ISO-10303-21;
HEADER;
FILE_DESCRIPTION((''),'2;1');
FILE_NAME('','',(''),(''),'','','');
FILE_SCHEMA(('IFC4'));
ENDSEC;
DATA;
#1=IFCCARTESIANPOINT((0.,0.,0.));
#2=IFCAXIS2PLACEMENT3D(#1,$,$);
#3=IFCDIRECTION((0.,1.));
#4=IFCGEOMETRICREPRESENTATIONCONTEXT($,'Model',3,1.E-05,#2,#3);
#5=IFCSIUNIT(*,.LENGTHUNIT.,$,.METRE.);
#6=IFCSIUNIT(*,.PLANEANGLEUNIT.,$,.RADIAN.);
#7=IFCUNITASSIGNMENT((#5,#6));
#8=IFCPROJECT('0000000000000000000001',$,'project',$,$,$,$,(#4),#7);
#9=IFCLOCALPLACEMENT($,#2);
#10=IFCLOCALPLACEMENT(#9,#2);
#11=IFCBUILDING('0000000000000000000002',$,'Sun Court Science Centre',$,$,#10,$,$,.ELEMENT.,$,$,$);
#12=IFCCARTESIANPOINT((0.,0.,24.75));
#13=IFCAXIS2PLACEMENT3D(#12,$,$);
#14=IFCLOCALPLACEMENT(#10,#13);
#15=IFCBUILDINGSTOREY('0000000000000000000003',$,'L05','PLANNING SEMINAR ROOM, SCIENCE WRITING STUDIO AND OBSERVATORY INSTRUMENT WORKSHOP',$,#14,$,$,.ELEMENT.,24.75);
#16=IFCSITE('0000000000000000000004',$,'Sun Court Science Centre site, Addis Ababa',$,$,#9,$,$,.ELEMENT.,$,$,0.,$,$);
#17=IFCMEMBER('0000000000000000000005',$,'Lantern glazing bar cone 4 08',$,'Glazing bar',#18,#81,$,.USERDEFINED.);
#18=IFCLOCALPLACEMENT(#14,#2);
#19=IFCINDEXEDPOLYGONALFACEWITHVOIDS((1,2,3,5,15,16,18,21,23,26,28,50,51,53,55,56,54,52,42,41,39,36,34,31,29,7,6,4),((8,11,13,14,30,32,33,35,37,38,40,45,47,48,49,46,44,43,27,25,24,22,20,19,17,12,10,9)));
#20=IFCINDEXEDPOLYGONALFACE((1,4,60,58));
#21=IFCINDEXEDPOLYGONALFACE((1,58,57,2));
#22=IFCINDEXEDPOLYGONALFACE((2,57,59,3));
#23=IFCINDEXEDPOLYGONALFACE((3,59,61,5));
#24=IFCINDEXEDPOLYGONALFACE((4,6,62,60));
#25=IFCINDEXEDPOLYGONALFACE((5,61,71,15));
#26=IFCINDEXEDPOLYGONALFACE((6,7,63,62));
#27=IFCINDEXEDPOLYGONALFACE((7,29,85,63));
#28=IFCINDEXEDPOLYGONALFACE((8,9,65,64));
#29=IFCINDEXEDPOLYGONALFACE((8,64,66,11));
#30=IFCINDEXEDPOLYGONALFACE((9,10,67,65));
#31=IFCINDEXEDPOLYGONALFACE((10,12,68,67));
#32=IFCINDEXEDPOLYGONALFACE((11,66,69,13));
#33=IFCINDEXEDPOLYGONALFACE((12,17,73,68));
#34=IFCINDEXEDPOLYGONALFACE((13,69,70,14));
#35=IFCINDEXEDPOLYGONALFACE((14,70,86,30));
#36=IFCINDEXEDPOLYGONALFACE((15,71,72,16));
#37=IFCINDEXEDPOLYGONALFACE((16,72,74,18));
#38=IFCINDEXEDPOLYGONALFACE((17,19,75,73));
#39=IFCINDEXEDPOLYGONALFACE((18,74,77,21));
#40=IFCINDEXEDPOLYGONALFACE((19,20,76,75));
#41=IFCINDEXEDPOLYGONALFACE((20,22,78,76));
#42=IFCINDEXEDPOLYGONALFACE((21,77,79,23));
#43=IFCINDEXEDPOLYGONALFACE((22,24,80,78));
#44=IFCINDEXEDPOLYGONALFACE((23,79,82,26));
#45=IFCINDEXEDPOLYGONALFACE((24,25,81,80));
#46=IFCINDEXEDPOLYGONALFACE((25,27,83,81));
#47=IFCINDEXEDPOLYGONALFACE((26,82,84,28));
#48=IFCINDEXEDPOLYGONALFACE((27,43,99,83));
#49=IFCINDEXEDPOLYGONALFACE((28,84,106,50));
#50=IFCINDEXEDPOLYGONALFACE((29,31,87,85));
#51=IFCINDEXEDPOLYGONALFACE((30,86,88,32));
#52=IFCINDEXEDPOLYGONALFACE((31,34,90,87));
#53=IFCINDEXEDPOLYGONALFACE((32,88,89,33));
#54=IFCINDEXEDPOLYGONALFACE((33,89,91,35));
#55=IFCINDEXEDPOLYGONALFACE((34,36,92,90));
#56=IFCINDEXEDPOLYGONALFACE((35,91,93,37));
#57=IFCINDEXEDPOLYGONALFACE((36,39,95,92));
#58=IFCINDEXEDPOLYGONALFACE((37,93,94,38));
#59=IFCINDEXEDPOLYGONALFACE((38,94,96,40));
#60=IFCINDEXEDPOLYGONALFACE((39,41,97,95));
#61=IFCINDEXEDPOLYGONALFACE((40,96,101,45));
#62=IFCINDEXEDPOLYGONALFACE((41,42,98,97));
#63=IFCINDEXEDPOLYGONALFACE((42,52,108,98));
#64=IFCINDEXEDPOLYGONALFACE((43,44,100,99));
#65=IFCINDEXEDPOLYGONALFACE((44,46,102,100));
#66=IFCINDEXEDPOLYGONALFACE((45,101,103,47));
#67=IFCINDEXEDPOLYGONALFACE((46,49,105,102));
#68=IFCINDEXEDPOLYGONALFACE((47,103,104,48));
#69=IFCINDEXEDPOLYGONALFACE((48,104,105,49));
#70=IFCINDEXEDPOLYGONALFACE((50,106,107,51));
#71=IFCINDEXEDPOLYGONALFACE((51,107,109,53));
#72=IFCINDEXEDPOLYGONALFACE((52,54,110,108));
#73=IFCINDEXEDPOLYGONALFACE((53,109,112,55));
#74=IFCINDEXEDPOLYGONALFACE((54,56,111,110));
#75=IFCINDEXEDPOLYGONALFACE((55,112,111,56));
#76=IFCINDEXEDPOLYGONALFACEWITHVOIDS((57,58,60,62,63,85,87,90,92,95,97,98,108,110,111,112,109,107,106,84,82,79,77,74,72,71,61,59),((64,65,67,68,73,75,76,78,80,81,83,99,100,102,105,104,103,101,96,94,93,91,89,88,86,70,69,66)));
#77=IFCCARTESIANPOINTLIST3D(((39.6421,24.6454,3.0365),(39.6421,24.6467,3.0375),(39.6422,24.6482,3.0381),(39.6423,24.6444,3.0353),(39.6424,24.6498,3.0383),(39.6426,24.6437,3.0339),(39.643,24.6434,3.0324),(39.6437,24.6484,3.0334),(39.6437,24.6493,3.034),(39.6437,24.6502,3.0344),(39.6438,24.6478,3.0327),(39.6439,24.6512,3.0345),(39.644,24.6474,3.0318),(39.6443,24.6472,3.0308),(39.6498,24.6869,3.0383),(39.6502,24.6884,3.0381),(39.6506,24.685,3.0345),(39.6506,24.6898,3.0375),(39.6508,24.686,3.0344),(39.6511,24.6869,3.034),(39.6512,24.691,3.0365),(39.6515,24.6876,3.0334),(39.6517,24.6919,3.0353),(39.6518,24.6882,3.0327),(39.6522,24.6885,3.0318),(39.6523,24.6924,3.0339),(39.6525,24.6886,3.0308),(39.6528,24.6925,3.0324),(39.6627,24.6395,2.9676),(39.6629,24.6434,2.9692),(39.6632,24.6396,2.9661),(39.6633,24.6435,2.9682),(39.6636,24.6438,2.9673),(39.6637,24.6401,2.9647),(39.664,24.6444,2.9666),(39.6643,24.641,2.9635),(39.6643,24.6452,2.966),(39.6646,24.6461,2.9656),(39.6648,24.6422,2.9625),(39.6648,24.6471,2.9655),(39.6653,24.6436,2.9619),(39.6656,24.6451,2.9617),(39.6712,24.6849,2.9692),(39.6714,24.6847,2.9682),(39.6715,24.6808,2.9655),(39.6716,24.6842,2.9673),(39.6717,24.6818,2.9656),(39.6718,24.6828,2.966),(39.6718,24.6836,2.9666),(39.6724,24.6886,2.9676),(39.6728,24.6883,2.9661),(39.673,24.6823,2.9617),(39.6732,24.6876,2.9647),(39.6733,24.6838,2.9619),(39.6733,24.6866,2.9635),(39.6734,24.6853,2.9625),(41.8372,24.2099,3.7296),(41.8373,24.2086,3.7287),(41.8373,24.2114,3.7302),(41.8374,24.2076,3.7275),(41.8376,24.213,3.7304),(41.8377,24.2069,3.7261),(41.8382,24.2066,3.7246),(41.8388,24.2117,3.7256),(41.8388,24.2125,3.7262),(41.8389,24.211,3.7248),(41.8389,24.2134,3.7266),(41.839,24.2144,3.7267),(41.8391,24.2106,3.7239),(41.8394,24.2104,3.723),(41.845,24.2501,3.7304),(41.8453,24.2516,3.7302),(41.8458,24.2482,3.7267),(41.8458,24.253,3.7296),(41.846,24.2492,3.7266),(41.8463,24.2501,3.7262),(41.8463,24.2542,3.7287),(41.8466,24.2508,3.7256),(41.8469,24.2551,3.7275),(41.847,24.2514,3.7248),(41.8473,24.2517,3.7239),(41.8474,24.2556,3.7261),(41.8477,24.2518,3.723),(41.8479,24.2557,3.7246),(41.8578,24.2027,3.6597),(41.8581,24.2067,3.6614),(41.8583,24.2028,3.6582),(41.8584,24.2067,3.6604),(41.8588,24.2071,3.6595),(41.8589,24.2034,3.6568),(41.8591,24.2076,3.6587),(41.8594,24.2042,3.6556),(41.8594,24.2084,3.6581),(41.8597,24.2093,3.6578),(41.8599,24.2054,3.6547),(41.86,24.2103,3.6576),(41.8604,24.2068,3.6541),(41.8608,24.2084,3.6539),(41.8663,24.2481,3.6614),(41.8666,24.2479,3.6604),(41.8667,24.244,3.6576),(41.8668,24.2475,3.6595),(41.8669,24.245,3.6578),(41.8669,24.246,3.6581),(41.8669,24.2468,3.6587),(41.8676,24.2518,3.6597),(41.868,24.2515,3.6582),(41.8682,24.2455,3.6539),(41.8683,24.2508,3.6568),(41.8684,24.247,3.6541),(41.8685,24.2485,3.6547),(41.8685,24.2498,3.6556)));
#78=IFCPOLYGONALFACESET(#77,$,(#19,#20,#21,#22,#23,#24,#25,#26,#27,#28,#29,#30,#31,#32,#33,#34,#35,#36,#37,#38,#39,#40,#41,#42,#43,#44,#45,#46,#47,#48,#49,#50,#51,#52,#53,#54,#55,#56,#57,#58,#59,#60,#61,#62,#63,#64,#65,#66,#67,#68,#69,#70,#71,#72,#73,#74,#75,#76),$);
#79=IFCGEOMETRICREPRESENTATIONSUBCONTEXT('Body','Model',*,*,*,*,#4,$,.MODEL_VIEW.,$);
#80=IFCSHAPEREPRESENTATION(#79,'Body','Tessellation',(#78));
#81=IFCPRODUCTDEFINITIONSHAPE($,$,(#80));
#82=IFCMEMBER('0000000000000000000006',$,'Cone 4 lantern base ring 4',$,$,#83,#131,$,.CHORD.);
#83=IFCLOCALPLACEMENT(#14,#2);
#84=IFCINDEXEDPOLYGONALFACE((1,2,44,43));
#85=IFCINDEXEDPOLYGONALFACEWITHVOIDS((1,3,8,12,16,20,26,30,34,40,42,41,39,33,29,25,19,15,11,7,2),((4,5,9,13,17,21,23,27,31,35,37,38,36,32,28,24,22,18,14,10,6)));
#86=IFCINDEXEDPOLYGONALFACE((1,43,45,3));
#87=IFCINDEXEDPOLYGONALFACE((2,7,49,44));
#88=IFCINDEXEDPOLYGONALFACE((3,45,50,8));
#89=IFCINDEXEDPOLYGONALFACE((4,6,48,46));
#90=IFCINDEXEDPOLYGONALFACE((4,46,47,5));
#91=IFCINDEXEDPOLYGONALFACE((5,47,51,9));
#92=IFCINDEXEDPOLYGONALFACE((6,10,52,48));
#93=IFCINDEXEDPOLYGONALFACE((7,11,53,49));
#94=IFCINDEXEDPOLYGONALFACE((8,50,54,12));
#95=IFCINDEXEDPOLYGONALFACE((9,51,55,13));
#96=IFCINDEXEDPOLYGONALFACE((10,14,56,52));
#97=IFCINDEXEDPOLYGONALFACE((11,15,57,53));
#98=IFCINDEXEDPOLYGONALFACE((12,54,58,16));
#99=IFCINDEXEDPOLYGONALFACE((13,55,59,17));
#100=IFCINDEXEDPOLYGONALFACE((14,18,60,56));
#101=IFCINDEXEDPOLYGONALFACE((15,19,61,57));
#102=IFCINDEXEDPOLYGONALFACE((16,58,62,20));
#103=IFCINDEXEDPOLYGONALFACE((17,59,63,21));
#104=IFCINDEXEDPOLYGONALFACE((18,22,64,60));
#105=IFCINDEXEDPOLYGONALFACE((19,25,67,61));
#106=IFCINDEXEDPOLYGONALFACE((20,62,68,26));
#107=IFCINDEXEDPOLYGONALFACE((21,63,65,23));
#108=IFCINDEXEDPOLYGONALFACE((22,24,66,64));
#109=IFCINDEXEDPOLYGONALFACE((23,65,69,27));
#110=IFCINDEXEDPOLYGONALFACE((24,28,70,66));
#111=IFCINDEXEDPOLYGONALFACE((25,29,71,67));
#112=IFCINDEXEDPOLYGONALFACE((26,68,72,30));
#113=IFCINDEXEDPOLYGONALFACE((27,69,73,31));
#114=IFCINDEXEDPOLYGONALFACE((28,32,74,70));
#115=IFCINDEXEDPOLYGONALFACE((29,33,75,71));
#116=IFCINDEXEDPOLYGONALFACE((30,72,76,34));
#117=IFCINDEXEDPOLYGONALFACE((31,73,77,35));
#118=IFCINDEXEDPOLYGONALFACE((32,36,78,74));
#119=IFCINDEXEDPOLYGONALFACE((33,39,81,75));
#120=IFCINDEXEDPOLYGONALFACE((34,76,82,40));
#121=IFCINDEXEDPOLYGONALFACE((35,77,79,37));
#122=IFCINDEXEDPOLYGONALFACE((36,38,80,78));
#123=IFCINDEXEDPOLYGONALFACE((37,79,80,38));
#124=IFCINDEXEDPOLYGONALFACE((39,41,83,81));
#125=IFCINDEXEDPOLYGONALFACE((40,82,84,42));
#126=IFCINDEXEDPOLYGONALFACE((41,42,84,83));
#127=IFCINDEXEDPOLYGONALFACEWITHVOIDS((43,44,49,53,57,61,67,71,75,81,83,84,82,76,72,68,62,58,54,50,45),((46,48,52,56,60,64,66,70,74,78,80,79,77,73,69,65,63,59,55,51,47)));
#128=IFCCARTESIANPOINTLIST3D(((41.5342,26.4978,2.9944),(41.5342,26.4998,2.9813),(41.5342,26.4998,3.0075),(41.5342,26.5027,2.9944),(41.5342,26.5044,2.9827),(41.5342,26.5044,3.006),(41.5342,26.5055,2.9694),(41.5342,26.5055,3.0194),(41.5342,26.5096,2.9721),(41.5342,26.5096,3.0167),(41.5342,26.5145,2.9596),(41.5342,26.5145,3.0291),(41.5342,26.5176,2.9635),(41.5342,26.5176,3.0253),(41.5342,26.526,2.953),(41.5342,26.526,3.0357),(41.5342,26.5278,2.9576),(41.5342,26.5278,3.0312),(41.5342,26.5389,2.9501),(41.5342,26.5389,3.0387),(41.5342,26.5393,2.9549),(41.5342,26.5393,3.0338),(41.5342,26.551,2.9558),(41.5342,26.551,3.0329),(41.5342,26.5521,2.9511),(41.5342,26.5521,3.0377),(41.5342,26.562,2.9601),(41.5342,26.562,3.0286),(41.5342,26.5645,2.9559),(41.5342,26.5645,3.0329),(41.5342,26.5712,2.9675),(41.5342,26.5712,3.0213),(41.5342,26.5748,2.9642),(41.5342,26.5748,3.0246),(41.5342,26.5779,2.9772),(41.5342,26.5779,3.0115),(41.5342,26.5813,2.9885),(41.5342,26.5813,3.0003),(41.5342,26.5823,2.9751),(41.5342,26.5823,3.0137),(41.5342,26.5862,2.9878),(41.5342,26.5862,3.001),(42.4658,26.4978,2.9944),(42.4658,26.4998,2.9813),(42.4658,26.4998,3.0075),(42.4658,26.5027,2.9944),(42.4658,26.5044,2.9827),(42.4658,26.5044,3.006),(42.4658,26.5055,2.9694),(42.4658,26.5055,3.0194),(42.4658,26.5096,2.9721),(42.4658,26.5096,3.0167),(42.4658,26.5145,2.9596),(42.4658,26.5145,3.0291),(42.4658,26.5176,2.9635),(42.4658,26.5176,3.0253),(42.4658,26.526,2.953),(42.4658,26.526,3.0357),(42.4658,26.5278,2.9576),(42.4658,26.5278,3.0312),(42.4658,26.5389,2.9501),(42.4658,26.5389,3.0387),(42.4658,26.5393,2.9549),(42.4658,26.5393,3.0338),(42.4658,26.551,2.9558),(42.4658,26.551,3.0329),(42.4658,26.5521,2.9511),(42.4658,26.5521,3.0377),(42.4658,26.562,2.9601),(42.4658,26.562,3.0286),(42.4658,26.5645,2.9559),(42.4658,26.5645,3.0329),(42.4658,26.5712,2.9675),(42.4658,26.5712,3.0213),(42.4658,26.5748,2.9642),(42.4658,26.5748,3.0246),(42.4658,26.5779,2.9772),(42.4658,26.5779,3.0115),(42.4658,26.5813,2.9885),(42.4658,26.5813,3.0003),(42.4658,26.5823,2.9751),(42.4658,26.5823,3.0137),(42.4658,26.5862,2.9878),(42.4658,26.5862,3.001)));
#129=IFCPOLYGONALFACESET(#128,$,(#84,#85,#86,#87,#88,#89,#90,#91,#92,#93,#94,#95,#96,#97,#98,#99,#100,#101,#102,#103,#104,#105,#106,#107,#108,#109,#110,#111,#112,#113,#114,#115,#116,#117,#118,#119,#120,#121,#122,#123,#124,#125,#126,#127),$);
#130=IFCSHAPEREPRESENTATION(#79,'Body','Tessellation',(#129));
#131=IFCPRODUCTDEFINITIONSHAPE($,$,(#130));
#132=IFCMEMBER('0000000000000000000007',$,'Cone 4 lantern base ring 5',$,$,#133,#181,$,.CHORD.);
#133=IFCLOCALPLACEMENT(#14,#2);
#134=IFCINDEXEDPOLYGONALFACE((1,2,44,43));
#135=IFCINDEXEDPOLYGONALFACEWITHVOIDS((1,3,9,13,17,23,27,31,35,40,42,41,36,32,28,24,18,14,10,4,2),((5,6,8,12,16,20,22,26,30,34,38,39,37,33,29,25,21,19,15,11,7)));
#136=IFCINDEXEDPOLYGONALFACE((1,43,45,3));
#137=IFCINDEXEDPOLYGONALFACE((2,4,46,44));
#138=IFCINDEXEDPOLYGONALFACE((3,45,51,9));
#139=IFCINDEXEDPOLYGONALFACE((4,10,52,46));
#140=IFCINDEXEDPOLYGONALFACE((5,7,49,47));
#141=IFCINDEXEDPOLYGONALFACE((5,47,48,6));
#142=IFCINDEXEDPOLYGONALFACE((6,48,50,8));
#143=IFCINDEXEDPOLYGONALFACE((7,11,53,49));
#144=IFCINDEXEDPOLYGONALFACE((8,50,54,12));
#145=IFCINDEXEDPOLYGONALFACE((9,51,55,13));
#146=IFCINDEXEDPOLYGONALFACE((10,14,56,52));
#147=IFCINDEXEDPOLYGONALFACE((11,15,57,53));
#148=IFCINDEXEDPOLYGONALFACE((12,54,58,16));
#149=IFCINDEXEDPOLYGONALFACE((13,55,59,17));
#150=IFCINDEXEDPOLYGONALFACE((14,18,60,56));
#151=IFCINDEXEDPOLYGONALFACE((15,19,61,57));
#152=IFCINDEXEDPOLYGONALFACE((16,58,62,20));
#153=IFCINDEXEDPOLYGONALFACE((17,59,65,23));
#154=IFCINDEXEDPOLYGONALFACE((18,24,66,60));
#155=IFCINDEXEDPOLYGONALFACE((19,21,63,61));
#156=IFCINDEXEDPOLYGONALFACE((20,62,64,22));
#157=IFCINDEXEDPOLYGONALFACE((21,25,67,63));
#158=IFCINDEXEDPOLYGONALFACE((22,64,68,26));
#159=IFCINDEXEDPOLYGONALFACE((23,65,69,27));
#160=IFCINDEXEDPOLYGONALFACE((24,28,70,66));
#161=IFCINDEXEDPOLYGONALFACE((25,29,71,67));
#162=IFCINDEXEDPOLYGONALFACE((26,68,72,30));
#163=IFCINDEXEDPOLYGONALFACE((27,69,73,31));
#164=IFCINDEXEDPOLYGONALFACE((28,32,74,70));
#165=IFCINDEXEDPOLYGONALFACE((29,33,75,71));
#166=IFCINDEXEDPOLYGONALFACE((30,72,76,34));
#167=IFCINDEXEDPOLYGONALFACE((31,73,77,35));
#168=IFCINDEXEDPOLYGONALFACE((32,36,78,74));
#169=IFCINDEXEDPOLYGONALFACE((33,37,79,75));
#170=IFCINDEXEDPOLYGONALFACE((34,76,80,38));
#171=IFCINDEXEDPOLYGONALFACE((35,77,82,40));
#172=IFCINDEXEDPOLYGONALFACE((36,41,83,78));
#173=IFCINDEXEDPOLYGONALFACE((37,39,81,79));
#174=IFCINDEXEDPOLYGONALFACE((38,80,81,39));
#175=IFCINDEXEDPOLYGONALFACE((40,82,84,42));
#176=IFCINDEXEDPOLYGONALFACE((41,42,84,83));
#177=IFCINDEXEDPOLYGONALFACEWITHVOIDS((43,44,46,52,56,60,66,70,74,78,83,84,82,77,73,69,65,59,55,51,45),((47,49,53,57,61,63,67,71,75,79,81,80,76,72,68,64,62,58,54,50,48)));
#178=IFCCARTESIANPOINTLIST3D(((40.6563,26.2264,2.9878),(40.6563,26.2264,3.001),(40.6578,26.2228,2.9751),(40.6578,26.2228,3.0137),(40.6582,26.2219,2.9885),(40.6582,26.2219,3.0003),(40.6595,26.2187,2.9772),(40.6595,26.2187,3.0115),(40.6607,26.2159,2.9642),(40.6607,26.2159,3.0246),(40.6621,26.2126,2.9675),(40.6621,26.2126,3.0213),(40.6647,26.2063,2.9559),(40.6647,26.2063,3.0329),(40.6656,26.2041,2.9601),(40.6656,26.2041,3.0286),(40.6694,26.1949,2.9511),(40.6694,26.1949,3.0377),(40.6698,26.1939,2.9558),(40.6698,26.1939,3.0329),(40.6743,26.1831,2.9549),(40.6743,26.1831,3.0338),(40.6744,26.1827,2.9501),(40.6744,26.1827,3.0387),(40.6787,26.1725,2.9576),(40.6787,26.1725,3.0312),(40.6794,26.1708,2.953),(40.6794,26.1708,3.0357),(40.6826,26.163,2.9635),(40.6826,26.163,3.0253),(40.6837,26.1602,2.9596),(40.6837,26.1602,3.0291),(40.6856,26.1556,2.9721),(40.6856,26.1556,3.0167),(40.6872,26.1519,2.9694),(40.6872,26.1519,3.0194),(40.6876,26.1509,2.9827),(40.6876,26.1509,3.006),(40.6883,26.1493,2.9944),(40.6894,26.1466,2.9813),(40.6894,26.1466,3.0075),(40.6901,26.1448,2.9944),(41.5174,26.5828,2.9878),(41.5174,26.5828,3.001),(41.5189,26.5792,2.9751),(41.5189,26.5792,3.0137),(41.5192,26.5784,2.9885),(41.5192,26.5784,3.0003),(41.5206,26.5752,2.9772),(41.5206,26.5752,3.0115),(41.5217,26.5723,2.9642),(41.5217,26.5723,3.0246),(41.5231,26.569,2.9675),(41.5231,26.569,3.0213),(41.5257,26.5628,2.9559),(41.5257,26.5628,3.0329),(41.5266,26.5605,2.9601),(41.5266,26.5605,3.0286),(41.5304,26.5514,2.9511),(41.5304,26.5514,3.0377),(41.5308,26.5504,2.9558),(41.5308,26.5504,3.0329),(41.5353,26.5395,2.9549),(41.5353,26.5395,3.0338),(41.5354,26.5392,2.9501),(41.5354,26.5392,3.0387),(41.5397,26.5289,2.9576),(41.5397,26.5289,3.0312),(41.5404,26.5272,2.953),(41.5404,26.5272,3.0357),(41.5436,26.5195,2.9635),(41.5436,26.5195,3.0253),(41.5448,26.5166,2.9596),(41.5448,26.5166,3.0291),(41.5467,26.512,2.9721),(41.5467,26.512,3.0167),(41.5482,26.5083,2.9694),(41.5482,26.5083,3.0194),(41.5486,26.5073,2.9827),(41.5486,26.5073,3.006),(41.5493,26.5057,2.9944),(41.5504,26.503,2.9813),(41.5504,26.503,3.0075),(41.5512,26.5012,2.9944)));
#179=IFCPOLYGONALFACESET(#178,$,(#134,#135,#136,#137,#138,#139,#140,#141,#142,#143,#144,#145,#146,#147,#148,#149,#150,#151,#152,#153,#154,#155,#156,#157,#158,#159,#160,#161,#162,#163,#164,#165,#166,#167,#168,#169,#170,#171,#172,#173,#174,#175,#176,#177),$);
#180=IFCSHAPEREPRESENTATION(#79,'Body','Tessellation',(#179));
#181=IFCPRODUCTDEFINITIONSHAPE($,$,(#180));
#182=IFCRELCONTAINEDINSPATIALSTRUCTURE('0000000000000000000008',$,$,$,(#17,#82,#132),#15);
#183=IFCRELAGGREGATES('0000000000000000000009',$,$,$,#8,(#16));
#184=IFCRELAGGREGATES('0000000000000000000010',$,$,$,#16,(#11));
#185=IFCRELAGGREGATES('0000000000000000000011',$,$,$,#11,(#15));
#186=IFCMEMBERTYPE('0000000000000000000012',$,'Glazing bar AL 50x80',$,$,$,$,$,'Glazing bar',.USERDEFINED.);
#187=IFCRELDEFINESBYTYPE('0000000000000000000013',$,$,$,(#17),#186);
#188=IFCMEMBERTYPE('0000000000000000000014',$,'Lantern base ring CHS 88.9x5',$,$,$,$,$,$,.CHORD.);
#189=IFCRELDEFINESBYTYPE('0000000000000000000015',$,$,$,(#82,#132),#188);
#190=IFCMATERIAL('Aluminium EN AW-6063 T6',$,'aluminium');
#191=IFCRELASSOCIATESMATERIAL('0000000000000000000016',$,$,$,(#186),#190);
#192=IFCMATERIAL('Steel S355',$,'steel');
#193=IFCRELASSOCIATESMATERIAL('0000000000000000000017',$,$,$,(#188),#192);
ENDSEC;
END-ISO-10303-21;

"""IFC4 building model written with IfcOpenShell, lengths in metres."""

from ifc_helpers import new_model, si_unit, direction, frame, origin, origin_2d, place, context, subcontext, project, spatial, hollow_rectangle, hollow_circle, extrude, material, material_profile, profile_set, type_object, element, save


model = new_model("IFC4")

# Units and contexts
model_context = context("Model", 3, precision=1e-05, world=origin(), true_north=direction((0.0, 1.0)))
body_context = subcontext(model_context, "Body", "Model", "MODEL_VIEW")
ifc_project = project(units=[si_unit("LENGTHUNIT", "METRE"), si_unit("PLANEANGLEUNIT", "RADIAN")], contexts=[model_context])

# Site, building, storey
site_placement = place(None, origin())
site = spatial("IfcSite", under=ifc_project, at=site_placement, Name="Sun Court Science Centre site, Addis Ababa", CompositionType="ELEMENT", RefElevation=0.0)
building_placement = place(site_placement, origin())
building = spatial("IfcBuilding", under=site, at=building_placement, Name="Sun Court Science Centre", CompositionType="ELEMENT")
storey_placement = place(building_placement, frame((0.0, 0.0, 24.75)))
storey = spatial("IfcBuildingStorey", under=building, at=storey_placement, Name="L05", Description="PLANNING SEMINAR ROOM, SCIENCE WRITING STUDIO AND OBSERVATORY INSTRUMENT WORKSHOP", CompositionType="ELEMENT", Elevation=24.75)

# Members
ifc_material_1 = material(Name="Aluminium EN AW-6063 T6", Category="aluminium")
ifc_material_profile_1 = material_profile(ifc_material_1, hollow_rectangle(XDim=0.05, YDim=0.0801, WallThickness=0.0039, InnerFilletRadius=0.0039, OuterFilletRadius=0.0061, at=origin_2d()), Name="AL 50x80x4")
ifc_profile_set_1 = profile_set([ifc_material_profile_1], Name="Aluminium EN AW-6063 T6")
member_type_1 = type_object("IfcMemberType", Name="Glazing bar AL 50x80", ElementType="Glazing bar", PredefinedType="USERDEFINED", material=ifc_profile_set_1)
for number, where, z_axis, x_axis, name in (
    (1, (39.6577, 24.666, 3.0), (0.93699, -0.186439, 0.295447), (0.195151, 0.980773, 0.0), "Lantern glazing bar cone 4 08"),
):
    element("IfcMember", number, at=place(storey_placement, frame(where, z_axis=z_axis, x_axis=x_axis)), inside=storey, type_object=member_type_1, Name=name, ObjectType="Glazing bar", PredefinedType="USERDEFINED", context=body_context, shape_type="SweptSolid", body=[
        extrude(hollow_rectangle(XDim=0.05, YDim=0.0801, WallThickness=0.0039, InnerFilletRadius=0.0039, OuterFilletRadius=0.0061, at=origin_2d()), origin(), (0.0, 0.0, 1.0), 2.3428),
    ])
ifc_material_2 = material(Name="Steel S355", Category="steel")
ifc_material_profile_2 = material_profile(ifc_material_2, hollow_circle(Radius=0.0444, WallThickness=0.0049, at=origin_2d()), Name="CHS 88.9x5")
ifc_profile_set_2 = profile_set([ifc_material_profile_2], Name="Steel S355")
member_type_2 = type_object("IfcMemberType", Name="Lantern base ring CHS 88.9x5", PredefinedType="CHORD", material=ifc_profile_set_2)
member_1_placement = place(storey_placement, frame((42.4658, 26.5422, 2.9944), z_axis=(-1.0, 0.0, 0.0), x_axis=(0.0, -1.0, 0.0)))
element("IfcMember", 2, at=member_1_placement, inside=storey, type_object=member_type_2, Name="Cone 4 lantern base ring 4", PredefinedType="CHORD", context=body_context, shape_type="SweptSolid", body=[
    extrude(hollow_circle(Radius=0.0444, WallThickness=0.0049, at=origin_2d()), origin(), (0.0, 0.0, 1.0), 0.9316),
])
for number, where, z_axis, x_axis, name in (
    (3, (41.5342, 26.5422, 2.9944), (-0.923966, -0.382475, 0.0), (0.382475, -0.923966, 0.0), "Cone 4 lantern base ring 5"),
):
    element("IfcMember", number, at=place(storey_placement, frame(where, z_axis=z_axis, x_axis=x_axis)), inside=storey, type_object=member_type_2, Name=name, PredefinedType="CHORD", context=body_context, shape_type="SweptSolid", body=[
        extrude(hollow_circle(Radius=0.0444, WallThickness=0.0049, at=origin_2d()), origin(), (0.0, 0.0, 1.0), 0.9319),
    ])

save(model, "model.ifc")
